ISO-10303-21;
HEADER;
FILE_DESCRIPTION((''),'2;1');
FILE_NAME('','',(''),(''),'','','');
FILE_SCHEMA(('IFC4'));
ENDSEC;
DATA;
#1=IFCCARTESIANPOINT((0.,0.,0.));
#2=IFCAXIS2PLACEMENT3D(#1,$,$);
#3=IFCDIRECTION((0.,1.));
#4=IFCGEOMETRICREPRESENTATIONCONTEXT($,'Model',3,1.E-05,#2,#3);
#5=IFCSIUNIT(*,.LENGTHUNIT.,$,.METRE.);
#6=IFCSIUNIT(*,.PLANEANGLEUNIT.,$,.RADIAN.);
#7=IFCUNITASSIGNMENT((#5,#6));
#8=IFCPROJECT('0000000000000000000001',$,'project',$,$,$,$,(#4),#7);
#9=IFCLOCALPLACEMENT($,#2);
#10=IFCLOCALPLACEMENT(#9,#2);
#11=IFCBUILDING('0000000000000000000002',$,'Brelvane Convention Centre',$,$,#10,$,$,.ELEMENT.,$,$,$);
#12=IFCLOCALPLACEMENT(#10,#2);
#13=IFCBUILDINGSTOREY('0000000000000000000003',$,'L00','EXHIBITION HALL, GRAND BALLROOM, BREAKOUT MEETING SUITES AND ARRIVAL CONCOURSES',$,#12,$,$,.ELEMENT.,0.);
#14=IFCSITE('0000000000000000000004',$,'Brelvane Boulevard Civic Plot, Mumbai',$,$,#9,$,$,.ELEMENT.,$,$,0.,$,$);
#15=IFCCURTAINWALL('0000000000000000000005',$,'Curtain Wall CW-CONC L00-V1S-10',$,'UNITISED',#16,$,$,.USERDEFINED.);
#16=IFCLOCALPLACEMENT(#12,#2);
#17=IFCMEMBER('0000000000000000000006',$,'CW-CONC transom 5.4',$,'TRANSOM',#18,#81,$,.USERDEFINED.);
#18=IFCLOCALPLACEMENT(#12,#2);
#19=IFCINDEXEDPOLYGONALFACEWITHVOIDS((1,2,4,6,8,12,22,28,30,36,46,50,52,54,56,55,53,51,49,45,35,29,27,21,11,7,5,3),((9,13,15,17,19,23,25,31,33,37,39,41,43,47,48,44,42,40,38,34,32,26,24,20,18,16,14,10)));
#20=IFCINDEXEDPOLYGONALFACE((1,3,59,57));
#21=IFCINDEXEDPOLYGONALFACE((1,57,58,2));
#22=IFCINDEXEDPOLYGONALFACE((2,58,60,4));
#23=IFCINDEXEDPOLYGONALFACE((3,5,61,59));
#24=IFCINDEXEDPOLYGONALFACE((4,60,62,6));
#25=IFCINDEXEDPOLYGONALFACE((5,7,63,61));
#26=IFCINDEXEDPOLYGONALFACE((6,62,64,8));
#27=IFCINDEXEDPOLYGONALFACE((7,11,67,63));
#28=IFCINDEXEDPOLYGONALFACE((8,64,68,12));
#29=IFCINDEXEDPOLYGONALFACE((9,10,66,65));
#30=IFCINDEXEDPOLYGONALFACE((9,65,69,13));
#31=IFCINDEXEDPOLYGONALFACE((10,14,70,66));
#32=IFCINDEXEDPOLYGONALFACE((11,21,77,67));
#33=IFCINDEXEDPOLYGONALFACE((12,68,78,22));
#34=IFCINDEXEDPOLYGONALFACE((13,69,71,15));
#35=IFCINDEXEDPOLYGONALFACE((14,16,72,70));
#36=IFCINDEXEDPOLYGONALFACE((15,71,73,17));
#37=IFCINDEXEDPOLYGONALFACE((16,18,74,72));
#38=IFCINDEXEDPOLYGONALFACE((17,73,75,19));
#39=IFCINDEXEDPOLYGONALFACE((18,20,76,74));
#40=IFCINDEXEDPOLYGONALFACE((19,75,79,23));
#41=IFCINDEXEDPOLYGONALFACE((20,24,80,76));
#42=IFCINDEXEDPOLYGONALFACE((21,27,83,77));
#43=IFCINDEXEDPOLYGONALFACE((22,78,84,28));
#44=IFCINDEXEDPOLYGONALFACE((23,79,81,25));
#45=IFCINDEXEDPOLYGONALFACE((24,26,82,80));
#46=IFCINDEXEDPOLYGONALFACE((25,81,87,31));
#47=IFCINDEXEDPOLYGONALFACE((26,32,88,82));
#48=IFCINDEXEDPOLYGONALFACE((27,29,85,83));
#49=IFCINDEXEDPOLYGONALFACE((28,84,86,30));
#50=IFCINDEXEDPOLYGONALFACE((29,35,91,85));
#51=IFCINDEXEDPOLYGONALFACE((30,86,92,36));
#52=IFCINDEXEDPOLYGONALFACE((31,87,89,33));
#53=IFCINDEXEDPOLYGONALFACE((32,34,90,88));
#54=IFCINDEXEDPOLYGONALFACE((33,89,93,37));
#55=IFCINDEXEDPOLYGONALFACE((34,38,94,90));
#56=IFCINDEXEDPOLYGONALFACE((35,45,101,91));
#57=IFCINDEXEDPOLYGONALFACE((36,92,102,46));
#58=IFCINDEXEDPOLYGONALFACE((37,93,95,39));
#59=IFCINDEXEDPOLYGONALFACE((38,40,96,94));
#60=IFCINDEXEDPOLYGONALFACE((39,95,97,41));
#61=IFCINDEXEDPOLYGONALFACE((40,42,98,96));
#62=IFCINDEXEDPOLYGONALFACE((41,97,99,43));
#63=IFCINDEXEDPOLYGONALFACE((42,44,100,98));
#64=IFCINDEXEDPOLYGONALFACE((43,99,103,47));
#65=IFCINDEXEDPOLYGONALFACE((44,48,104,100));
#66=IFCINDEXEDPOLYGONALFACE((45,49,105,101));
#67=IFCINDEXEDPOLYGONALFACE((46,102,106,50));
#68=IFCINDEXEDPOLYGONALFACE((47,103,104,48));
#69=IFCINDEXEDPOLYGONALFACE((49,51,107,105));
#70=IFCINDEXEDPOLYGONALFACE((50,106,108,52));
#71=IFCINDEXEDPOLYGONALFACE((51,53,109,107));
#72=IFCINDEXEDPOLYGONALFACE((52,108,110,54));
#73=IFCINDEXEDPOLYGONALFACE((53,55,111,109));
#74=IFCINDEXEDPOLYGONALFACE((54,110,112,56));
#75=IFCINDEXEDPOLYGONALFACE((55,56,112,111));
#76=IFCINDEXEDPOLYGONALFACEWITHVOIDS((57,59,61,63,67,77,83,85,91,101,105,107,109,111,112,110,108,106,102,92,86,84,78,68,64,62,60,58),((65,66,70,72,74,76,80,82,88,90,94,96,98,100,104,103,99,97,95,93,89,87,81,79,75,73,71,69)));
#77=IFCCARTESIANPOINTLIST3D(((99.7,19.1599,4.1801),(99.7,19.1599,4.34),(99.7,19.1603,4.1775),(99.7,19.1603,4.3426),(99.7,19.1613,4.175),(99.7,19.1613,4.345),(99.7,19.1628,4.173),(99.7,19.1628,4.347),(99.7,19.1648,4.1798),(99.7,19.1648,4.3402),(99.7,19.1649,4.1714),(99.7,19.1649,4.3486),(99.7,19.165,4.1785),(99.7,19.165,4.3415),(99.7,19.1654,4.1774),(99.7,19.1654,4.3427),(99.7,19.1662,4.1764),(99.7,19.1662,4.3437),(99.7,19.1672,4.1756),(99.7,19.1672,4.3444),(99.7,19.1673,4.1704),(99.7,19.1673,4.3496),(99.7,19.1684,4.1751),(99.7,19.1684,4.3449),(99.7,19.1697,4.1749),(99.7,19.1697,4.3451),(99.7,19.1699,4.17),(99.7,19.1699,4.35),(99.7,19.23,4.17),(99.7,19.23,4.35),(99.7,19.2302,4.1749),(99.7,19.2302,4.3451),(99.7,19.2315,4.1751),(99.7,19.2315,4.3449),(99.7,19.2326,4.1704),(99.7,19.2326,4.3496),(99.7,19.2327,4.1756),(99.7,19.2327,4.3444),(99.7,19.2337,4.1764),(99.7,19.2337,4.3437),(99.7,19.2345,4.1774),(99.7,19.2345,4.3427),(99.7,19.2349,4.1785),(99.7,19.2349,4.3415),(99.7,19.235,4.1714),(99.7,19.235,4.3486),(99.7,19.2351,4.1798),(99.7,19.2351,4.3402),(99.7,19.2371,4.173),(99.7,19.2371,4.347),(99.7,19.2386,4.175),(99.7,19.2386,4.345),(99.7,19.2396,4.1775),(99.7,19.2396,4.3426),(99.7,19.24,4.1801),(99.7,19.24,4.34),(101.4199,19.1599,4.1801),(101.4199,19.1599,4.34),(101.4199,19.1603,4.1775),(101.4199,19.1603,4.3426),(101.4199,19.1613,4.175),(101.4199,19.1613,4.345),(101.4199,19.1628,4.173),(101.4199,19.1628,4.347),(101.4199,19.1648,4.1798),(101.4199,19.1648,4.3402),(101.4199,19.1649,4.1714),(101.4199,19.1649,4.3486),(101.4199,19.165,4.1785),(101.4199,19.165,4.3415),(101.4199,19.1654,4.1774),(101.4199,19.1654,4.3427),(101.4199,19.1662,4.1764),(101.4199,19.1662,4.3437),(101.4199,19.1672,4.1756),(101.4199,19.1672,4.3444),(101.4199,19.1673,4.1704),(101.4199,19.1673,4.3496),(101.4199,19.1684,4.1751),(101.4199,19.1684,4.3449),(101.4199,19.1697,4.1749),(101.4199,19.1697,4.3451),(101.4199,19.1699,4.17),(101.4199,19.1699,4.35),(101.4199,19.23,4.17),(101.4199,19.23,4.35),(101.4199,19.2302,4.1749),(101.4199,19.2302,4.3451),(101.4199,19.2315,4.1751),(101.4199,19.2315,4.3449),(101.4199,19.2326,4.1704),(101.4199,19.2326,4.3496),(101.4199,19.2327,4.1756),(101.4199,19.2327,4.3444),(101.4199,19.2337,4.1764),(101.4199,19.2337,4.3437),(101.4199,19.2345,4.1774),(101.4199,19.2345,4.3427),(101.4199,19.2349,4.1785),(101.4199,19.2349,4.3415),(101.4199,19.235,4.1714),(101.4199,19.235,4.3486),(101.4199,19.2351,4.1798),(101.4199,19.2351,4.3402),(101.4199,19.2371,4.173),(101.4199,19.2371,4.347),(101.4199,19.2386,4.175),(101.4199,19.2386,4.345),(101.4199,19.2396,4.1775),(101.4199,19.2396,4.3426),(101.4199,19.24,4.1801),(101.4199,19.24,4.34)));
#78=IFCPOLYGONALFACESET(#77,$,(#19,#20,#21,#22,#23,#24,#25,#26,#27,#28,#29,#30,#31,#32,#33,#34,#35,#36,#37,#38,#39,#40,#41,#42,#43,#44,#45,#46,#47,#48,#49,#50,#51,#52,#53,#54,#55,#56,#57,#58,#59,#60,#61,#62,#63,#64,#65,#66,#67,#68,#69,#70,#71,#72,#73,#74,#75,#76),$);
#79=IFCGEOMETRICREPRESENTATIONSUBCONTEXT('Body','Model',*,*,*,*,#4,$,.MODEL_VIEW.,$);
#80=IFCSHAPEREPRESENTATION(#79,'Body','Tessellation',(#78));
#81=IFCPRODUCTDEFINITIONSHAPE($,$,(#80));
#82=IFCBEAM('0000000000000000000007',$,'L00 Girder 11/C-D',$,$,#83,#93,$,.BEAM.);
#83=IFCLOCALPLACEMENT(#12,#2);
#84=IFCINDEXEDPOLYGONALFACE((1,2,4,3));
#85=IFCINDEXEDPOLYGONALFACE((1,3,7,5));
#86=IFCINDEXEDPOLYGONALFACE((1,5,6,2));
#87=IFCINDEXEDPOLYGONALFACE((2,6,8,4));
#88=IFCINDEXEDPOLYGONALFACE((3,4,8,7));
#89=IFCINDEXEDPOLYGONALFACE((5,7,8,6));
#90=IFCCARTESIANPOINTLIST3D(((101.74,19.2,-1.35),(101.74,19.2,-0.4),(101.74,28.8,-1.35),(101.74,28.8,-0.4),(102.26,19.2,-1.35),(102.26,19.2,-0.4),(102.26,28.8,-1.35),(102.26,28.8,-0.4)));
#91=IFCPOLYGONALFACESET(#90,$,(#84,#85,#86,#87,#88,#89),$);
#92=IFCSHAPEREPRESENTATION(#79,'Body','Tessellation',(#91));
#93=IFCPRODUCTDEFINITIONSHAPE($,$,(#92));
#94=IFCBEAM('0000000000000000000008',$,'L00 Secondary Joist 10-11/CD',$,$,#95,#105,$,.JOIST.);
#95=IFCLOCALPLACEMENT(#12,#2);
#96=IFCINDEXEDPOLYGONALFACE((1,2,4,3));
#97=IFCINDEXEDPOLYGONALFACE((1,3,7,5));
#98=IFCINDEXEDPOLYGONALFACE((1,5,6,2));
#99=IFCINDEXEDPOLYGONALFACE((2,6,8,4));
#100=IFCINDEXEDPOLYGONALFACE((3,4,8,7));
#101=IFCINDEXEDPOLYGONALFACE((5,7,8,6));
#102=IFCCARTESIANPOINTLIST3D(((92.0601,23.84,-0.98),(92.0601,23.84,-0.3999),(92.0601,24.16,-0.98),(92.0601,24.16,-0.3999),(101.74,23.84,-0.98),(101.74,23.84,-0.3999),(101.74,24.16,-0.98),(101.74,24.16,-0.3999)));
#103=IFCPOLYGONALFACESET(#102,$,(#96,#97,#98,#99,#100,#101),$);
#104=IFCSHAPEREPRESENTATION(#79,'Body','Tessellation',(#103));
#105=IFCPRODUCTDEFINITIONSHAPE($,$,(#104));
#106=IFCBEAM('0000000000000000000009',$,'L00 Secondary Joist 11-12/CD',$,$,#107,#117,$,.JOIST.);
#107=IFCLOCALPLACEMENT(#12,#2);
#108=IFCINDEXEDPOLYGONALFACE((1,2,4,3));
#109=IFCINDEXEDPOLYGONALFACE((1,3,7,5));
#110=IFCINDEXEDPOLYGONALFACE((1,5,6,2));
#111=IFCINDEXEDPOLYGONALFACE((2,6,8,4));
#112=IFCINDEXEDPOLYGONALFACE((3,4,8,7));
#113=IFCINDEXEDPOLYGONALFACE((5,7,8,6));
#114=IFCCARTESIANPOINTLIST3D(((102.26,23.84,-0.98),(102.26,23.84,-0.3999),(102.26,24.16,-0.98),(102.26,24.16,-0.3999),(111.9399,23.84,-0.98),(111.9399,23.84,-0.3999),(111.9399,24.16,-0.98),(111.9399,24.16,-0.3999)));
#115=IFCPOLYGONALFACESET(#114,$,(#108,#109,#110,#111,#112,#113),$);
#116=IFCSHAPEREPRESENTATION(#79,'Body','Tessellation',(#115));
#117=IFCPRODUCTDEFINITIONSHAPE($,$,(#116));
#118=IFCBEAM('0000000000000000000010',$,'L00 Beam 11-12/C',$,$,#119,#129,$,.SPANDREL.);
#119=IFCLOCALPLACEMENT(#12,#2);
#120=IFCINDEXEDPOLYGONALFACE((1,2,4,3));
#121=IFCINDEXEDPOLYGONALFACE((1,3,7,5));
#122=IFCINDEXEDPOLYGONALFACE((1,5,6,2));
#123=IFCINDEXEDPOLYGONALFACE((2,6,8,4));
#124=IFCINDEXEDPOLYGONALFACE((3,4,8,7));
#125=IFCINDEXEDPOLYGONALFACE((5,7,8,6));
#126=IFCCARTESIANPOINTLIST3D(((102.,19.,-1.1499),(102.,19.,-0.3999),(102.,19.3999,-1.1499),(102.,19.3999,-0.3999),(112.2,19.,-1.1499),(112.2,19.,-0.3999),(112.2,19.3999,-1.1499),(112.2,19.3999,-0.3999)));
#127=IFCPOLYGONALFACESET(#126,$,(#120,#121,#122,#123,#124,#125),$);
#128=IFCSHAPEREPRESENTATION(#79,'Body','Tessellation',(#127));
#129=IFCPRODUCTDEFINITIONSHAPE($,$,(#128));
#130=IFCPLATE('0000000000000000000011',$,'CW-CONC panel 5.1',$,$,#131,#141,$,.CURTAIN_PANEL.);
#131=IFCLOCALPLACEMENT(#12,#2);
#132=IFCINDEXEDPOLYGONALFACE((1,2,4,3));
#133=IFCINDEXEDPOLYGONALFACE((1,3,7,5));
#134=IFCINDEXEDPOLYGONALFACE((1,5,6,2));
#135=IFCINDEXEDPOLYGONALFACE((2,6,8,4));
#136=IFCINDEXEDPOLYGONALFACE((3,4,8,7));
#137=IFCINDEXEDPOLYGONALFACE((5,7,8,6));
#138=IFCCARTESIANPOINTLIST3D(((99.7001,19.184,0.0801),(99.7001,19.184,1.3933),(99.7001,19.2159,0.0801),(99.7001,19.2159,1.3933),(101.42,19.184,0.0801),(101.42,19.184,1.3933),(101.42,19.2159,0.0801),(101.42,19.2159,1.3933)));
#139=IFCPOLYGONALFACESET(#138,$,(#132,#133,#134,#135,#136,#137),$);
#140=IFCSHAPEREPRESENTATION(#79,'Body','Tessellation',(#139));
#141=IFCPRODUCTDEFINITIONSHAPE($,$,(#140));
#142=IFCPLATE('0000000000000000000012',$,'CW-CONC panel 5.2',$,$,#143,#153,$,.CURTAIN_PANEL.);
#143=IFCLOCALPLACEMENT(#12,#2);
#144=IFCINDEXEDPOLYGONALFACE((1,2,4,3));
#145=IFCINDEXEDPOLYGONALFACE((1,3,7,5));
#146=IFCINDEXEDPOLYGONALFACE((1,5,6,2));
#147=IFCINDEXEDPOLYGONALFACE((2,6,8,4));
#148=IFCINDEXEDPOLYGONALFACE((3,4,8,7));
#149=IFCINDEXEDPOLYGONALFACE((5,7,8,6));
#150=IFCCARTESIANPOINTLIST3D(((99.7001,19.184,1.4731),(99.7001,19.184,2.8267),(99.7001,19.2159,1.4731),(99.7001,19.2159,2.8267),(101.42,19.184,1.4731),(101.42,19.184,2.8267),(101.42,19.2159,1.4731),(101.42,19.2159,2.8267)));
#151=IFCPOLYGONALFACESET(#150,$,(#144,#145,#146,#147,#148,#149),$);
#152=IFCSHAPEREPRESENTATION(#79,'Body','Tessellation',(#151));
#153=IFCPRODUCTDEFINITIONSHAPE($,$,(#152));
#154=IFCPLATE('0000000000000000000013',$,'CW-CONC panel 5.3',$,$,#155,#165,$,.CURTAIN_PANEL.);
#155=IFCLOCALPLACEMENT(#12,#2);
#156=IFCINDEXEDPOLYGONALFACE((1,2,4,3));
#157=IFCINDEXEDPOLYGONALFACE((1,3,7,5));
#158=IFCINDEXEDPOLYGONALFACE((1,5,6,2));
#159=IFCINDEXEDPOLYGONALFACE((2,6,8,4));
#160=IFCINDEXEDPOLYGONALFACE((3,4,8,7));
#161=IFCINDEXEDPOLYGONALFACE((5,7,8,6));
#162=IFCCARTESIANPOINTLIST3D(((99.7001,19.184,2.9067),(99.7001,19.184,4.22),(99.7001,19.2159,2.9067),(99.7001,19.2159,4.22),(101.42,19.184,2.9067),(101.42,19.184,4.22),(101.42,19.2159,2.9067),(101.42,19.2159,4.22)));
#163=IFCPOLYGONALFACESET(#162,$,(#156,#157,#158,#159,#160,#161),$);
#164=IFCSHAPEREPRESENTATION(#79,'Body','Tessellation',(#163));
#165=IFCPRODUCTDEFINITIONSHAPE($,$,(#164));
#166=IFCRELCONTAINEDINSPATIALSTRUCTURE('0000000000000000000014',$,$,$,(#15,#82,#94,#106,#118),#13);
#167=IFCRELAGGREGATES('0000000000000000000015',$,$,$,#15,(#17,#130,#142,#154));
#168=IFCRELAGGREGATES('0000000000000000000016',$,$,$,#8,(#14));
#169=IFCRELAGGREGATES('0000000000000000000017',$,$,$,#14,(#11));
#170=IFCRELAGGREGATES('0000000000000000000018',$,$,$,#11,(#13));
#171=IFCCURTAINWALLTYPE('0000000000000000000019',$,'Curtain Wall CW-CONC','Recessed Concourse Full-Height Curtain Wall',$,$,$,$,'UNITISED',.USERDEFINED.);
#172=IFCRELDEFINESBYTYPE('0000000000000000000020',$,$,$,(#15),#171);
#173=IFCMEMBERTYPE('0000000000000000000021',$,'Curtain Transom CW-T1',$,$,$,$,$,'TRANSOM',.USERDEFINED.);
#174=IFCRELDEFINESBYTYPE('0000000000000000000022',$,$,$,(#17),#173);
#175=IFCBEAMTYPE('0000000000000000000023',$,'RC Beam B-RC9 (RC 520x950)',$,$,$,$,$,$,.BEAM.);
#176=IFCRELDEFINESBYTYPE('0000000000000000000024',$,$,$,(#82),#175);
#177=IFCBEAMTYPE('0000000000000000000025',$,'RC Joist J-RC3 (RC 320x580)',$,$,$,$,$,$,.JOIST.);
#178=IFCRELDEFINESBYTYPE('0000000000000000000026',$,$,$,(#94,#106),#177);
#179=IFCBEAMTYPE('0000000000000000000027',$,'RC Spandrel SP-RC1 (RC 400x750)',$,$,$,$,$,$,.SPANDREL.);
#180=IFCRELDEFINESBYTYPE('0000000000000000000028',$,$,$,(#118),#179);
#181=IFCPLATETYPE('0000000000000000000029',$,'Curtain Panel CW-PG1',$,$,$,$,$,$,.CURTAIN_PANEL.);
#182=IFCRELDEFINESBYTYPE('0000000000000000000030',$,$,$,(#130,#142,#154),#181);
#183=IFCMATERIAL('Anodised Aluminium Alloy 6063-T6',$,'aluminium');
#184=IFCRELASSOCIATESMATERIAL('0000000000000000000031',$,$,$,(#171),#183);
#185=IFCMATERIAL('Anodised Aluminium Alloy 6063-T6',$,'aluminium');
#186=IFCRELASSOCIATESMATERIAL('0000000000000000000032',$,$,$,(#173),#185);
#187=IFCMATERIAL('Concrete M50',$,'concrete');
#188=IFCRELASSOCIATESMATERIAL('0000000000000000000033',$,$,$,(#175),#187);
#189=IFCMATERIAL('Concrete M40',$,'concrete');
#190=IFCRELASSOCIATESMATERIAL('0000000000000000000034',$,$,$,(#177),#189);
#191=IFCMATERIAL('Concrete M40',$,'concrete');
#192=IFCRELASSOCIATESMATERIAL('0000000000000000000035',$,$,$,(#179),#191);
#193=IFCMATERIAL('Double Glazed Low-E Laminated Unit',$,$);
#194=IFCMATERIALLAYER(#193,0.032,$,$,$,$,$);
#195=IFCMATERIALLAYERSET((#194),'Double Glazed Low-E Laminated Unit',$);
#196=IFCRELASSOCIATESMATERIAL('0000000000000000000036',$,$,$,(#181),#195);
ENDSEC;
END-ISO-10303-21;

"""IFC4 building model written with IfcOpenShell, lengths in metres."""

from ifc_helpers import new_model, si_unit, direction, frame, origin, origin_2d, place, context, subcontext, project, spatial, rectangle, hollow_rectangle, extrude, material, layer, layer_set, material_profile, profile_set, type_object, element, aggregate, save


model = new_model("IFC4")

# Units and contexts
model_context = context("Model", 3, precision=1e-05, world=origin(), true_north=direction((0.0, 1.0)))
body_context = subcontext(model_context, "Body", "Model", "MODEL_VIEW")
ifc_project = project(units=[si_unit("LENGTHUNIT", "METRE"), si_unit("PLANEANGLEUNIT", "RADIAN")], contexts=[model_context])

# Site, building, storey
site_placement = place(None, origin())
site = spatial("IfcSite", under=ifc_project, at=site_placement, Name="Brelvane Boulevard Civic Plot, Mumbai", CompositionType="ELEMENT", RefElevation=0.0)
building_placement = place(site_placement, origin())
building = spatial("IfcBuilding", under=site, at=building_placement, Name="Brelvane Convention Centre", CompositionType="ELEMENT")
storey_placement = place(building_placement, origin())
storey = spatial("IfcBuildingStorey", under=building, at=storey_placement, Name="L00", Description="EXHIBITION HALL, GRAND BALLROOM, BREAKOUT MEETING SUITES AND ARRIVAL CONCOURSES", CompositionType="ELEMENT", Elevation=0.0)

# Curtain wall, member
ifc_material_1 = material(Name="Anodised Aluminium Alloy 6063-T6", Category="aluminium")
curtain_wall_type = type_object("IfcCurtainWallType", Name="Curtain Wall CW-CONC", Description="Recessed Concourse Full-Height Curtain Wall", ElementType="UNITISED", PredefinedType="USERDEFINED", material=ifc_material_1)
curtain_wall_placement = place(storey_placement, origin())
curtain_wall = element("IfcCurtainWall", 1, at=curtain_wall_placement, inside=storey, type_object=curtain_wall_type, Name="Curtain Wall CW-CONC L00-V1S-10", ObjectType="UNITISED", PredefinedType="USERDEFINED")
ifc_material_2 = material(Name="Anodised Aluminium Alloy 6063-T6", Category="aluminium")
ifc_material_profile_1 = material_profile(ifc_material_2, hollow_rectangle(XDim=0.0801, YDim=0.1799, WallThickness=0.0049, InnerFilletRadius=0.0049, OuterFilletRadius=0.01, at=origin_2d()), Name="ALU-T 180x80x5.0")
ifc_profile_set_1 = profile_set([ifc_material_profile_1], Name="Anodised Aluminium Alloy 6063-T6")
member_type_1 = type_object("IfcMemberType", Name="Curtain Transom CW-T1", ElementType="TRANSOM", PredefinedType="USERDEFINED", material=ifc_profile_set_1)
member_1_placement = place(storey_placement, frame((99.7, 19.2, 4.26), z_axis=(1.0, 0.0, 0.0), x_axis=(0.0, 1.0, 0.0)))
member_1 = element("IfcMember", 2, at=member_1_placement, type_object=member_type_1, Name="CW-CONC transom 5.4", ObjectType="TRANSOM", PredefinedType="USERDEFINED", context=body_context, shape_type="SweptSolid", body=[
    extrude(hollow_rectangle(XDim=0.0801, YDim=0.1799, WallThickness=0.0049, InnerFilletRadius=0.0049, OuterFilletRadius=0.01, at=origin_2d()), origin(), (0.0, 0.0, 1.0), 1.72),
])

# Beams
ifc_material_3 = material(Name="Concrete M50", Category="concrete")
ifc_material_profile_2 = material_profile(ifc_material_3, rectangle(XDim=0.52, YDim=0.95, at=origin_2d()), Name="RC 520x950")
ifc_profile_set_2 = profile_set([ifc_material_profile_2], Name="Concrete M50")
beam_type_1 = type_object("IfcBeamType", Name="RC Beam B-RC9 (RC 520x950)", PredefinedType="BEAM", material=ifc_profile_set_2)
beam_1_placement = place(storey_placement, frame((102.0, 19.2, -0.875), z_axis=(0.0, 1.0, 0.0), x_axis=(-1.0, 0.0, 0.0)))
element("IfcBeam", 3, at=beam_1_placement, inside=storey, type_object=beam_type_1, Name="L00 Girder 11/C-D", PredefinedType="BEAM", context=body_context, shape_type="SweptSolid", body=[
    extrude(rectangle(XDim=0.52, YDim=0.95, at=origin_2d()), origin(), (0.0, 0.0, 1.0), 9.6001),
])
ifc_material_4 = material(Name="Concrete M40", Category="concrete")
ifc_material_profile_3 = material_profile(ifc_material_4, rectangle(XDim=0.3201, YDim=0.5801, at=origin_2d()), Name="RC 320x580")
ifc_profile_set_3 = profile_set([ifc_material_profile_3], Name="Concrete M40")
beam_type_2 = type_object("IfcBeamType", Name="RC Joist J-RC3 (RC 320x580)", PredefinedType="JOIST", material=ifc_profile_set_3)
for number, where, z_axis, x_axis, name in (
    (4, (92.0601, 24.0, -0.6899), (1.0, 0.0, 0.0), (0.0, 1.0, 0.0), "L00 Secondary Joist 10-11/CD"),
    (5, (102.26, 24.0, -0.6899), (1.0, 0.0, 0.0), (0.0, 1.0, 0.0), "L00 Secondary Joist 11-12/CD"),
):
    element("IfcBeam", number, at=place(storey_placement, frame(where, z_axis=z_axis, x_axis=x_axis)), inside=storey, type_object=beam_type_2, Name=name, PredefinedType="JOIST", context=body_context, shape_type="SweptSolid", body=[
        extrude(rectangle(XDim=0.3201, YDim=0.5801, at=origin_2d()), origin(), (0.0, 0.0, 1.0), 9.6799),
    ])
ifc_material_5 = material(Name="Concrete M40", Category="concrete")
ifc_material_profile_4 = material_profile(ifc_material_5, rectangle(XDim=0.3999, YDim=0.75, at=origin_2d()), Name="RC 400x750")
ifc_profile_set_4 = profile_set([ifc_material_profile_4], Name="Concrete M40")
beam_type_3 = type_object("IfcBeamType", Name="RC Spandrel SP-RC1 (RC 400x750)", PredefinedType="SPANDREL", material=ifc_profile_set_4)
beam_2_placement = place(storey_placement, frame((102.0, 19.2, -0.7749), z_axis=(1.0, 0.0, 0.0), x_axis=(0.0, 1.0, 0.0)))
element("IfcBeam", 6, at=beam_2_placement, inside=storey, type_object=beam_type_3, Name="L00 Beam 11-12/C", PredefinedType="SPANDREL", context=body_context, shape_type="SweptSolid", body=[
    extrude(rectangle(XDim=0.3999, YDim=0.75, at=origin_2d()), origin(), (0.0, 0.0, 1.0), 10.2),
])

# Plates
ifc_material_6 = material(Name="Double Glazed Low-E Laminated Unit")
ifc_layer_1 = layer(ifc_material_6, 0.032)
ifc_layer_set_1 = layer_set([ifc_layer_1], Name="Double Glazed Low-E Laminated Unit")
plate_type = type_object("IfcPlateType", Name="Curtain Panel CW-PG1", PredefinedType="CURTAIN_PANEL", material=ifc_layer_set_1)
plate_1_placement = place(storey_placement, frame((100.5601, 19.2, 0.0801), z_axis=(0.0, 0.0, 1.0), x_axis=(1.0, 0.0, 0.0)))
plate_1 = element("IfcPlate", 7, at=plate_1_placement, type_object=plate_type, Name="CW-CONC panel 5.1", PredefinedType="CURTAIN_PANEL", context=body_context, shape_type="SweptSolid", body=[
    extrude(rectangle(XDim=1.72, YDim=0.032, at=origin_2d()), origin(), (0.0, 0.0, 1.0), 1.3132),
])
plate_2_placement = place(storey_placement, frame((100.5601, 19.2, 1.4731), z_axis=(0.0, 0.0, 1.0), x_axis=(1.0, 0.0, 0.0)))
plate_2 = element("IfcPlate", 8, at=plate_2_placement, type_object=plate_type, Name="CW-CONC panel 5.2", PredefinedType="CURTAIN_PANEL", context=body_context, shape_type="SweptSolid", body=[
    extrude(rectangle(XDim=1.72, YDim=0.032, at=origin_2d()), origin(), (0.0, 0.0, 1.0), 1.3535),
])
plate_3_placement = place(storey_placement, frame((100.5601, 19.2, 2.9067), z_axis=(0.0, 0.0, 1.0), x_axis=(1.0, 0.0, 0.0)))
plate_3 = element("IfcPlate", 9, at=plate_3_placement, type_object=plate_type, Name="CW-CONC panel 5.3", PredefinedType="CURTAIN_PANEL", context=body_context, shape_type="SweptSolid", body=[
    extrude(rectangle(XDim=1.72, YDim=0.032, at=origin_2d()), origin(), (0.0, 0.0, 1.0), 1.3132),
])
aggregate(curtain_wall, [member_1, plate_1, plate_2, plate_3])

save(model, "model.ifc")
